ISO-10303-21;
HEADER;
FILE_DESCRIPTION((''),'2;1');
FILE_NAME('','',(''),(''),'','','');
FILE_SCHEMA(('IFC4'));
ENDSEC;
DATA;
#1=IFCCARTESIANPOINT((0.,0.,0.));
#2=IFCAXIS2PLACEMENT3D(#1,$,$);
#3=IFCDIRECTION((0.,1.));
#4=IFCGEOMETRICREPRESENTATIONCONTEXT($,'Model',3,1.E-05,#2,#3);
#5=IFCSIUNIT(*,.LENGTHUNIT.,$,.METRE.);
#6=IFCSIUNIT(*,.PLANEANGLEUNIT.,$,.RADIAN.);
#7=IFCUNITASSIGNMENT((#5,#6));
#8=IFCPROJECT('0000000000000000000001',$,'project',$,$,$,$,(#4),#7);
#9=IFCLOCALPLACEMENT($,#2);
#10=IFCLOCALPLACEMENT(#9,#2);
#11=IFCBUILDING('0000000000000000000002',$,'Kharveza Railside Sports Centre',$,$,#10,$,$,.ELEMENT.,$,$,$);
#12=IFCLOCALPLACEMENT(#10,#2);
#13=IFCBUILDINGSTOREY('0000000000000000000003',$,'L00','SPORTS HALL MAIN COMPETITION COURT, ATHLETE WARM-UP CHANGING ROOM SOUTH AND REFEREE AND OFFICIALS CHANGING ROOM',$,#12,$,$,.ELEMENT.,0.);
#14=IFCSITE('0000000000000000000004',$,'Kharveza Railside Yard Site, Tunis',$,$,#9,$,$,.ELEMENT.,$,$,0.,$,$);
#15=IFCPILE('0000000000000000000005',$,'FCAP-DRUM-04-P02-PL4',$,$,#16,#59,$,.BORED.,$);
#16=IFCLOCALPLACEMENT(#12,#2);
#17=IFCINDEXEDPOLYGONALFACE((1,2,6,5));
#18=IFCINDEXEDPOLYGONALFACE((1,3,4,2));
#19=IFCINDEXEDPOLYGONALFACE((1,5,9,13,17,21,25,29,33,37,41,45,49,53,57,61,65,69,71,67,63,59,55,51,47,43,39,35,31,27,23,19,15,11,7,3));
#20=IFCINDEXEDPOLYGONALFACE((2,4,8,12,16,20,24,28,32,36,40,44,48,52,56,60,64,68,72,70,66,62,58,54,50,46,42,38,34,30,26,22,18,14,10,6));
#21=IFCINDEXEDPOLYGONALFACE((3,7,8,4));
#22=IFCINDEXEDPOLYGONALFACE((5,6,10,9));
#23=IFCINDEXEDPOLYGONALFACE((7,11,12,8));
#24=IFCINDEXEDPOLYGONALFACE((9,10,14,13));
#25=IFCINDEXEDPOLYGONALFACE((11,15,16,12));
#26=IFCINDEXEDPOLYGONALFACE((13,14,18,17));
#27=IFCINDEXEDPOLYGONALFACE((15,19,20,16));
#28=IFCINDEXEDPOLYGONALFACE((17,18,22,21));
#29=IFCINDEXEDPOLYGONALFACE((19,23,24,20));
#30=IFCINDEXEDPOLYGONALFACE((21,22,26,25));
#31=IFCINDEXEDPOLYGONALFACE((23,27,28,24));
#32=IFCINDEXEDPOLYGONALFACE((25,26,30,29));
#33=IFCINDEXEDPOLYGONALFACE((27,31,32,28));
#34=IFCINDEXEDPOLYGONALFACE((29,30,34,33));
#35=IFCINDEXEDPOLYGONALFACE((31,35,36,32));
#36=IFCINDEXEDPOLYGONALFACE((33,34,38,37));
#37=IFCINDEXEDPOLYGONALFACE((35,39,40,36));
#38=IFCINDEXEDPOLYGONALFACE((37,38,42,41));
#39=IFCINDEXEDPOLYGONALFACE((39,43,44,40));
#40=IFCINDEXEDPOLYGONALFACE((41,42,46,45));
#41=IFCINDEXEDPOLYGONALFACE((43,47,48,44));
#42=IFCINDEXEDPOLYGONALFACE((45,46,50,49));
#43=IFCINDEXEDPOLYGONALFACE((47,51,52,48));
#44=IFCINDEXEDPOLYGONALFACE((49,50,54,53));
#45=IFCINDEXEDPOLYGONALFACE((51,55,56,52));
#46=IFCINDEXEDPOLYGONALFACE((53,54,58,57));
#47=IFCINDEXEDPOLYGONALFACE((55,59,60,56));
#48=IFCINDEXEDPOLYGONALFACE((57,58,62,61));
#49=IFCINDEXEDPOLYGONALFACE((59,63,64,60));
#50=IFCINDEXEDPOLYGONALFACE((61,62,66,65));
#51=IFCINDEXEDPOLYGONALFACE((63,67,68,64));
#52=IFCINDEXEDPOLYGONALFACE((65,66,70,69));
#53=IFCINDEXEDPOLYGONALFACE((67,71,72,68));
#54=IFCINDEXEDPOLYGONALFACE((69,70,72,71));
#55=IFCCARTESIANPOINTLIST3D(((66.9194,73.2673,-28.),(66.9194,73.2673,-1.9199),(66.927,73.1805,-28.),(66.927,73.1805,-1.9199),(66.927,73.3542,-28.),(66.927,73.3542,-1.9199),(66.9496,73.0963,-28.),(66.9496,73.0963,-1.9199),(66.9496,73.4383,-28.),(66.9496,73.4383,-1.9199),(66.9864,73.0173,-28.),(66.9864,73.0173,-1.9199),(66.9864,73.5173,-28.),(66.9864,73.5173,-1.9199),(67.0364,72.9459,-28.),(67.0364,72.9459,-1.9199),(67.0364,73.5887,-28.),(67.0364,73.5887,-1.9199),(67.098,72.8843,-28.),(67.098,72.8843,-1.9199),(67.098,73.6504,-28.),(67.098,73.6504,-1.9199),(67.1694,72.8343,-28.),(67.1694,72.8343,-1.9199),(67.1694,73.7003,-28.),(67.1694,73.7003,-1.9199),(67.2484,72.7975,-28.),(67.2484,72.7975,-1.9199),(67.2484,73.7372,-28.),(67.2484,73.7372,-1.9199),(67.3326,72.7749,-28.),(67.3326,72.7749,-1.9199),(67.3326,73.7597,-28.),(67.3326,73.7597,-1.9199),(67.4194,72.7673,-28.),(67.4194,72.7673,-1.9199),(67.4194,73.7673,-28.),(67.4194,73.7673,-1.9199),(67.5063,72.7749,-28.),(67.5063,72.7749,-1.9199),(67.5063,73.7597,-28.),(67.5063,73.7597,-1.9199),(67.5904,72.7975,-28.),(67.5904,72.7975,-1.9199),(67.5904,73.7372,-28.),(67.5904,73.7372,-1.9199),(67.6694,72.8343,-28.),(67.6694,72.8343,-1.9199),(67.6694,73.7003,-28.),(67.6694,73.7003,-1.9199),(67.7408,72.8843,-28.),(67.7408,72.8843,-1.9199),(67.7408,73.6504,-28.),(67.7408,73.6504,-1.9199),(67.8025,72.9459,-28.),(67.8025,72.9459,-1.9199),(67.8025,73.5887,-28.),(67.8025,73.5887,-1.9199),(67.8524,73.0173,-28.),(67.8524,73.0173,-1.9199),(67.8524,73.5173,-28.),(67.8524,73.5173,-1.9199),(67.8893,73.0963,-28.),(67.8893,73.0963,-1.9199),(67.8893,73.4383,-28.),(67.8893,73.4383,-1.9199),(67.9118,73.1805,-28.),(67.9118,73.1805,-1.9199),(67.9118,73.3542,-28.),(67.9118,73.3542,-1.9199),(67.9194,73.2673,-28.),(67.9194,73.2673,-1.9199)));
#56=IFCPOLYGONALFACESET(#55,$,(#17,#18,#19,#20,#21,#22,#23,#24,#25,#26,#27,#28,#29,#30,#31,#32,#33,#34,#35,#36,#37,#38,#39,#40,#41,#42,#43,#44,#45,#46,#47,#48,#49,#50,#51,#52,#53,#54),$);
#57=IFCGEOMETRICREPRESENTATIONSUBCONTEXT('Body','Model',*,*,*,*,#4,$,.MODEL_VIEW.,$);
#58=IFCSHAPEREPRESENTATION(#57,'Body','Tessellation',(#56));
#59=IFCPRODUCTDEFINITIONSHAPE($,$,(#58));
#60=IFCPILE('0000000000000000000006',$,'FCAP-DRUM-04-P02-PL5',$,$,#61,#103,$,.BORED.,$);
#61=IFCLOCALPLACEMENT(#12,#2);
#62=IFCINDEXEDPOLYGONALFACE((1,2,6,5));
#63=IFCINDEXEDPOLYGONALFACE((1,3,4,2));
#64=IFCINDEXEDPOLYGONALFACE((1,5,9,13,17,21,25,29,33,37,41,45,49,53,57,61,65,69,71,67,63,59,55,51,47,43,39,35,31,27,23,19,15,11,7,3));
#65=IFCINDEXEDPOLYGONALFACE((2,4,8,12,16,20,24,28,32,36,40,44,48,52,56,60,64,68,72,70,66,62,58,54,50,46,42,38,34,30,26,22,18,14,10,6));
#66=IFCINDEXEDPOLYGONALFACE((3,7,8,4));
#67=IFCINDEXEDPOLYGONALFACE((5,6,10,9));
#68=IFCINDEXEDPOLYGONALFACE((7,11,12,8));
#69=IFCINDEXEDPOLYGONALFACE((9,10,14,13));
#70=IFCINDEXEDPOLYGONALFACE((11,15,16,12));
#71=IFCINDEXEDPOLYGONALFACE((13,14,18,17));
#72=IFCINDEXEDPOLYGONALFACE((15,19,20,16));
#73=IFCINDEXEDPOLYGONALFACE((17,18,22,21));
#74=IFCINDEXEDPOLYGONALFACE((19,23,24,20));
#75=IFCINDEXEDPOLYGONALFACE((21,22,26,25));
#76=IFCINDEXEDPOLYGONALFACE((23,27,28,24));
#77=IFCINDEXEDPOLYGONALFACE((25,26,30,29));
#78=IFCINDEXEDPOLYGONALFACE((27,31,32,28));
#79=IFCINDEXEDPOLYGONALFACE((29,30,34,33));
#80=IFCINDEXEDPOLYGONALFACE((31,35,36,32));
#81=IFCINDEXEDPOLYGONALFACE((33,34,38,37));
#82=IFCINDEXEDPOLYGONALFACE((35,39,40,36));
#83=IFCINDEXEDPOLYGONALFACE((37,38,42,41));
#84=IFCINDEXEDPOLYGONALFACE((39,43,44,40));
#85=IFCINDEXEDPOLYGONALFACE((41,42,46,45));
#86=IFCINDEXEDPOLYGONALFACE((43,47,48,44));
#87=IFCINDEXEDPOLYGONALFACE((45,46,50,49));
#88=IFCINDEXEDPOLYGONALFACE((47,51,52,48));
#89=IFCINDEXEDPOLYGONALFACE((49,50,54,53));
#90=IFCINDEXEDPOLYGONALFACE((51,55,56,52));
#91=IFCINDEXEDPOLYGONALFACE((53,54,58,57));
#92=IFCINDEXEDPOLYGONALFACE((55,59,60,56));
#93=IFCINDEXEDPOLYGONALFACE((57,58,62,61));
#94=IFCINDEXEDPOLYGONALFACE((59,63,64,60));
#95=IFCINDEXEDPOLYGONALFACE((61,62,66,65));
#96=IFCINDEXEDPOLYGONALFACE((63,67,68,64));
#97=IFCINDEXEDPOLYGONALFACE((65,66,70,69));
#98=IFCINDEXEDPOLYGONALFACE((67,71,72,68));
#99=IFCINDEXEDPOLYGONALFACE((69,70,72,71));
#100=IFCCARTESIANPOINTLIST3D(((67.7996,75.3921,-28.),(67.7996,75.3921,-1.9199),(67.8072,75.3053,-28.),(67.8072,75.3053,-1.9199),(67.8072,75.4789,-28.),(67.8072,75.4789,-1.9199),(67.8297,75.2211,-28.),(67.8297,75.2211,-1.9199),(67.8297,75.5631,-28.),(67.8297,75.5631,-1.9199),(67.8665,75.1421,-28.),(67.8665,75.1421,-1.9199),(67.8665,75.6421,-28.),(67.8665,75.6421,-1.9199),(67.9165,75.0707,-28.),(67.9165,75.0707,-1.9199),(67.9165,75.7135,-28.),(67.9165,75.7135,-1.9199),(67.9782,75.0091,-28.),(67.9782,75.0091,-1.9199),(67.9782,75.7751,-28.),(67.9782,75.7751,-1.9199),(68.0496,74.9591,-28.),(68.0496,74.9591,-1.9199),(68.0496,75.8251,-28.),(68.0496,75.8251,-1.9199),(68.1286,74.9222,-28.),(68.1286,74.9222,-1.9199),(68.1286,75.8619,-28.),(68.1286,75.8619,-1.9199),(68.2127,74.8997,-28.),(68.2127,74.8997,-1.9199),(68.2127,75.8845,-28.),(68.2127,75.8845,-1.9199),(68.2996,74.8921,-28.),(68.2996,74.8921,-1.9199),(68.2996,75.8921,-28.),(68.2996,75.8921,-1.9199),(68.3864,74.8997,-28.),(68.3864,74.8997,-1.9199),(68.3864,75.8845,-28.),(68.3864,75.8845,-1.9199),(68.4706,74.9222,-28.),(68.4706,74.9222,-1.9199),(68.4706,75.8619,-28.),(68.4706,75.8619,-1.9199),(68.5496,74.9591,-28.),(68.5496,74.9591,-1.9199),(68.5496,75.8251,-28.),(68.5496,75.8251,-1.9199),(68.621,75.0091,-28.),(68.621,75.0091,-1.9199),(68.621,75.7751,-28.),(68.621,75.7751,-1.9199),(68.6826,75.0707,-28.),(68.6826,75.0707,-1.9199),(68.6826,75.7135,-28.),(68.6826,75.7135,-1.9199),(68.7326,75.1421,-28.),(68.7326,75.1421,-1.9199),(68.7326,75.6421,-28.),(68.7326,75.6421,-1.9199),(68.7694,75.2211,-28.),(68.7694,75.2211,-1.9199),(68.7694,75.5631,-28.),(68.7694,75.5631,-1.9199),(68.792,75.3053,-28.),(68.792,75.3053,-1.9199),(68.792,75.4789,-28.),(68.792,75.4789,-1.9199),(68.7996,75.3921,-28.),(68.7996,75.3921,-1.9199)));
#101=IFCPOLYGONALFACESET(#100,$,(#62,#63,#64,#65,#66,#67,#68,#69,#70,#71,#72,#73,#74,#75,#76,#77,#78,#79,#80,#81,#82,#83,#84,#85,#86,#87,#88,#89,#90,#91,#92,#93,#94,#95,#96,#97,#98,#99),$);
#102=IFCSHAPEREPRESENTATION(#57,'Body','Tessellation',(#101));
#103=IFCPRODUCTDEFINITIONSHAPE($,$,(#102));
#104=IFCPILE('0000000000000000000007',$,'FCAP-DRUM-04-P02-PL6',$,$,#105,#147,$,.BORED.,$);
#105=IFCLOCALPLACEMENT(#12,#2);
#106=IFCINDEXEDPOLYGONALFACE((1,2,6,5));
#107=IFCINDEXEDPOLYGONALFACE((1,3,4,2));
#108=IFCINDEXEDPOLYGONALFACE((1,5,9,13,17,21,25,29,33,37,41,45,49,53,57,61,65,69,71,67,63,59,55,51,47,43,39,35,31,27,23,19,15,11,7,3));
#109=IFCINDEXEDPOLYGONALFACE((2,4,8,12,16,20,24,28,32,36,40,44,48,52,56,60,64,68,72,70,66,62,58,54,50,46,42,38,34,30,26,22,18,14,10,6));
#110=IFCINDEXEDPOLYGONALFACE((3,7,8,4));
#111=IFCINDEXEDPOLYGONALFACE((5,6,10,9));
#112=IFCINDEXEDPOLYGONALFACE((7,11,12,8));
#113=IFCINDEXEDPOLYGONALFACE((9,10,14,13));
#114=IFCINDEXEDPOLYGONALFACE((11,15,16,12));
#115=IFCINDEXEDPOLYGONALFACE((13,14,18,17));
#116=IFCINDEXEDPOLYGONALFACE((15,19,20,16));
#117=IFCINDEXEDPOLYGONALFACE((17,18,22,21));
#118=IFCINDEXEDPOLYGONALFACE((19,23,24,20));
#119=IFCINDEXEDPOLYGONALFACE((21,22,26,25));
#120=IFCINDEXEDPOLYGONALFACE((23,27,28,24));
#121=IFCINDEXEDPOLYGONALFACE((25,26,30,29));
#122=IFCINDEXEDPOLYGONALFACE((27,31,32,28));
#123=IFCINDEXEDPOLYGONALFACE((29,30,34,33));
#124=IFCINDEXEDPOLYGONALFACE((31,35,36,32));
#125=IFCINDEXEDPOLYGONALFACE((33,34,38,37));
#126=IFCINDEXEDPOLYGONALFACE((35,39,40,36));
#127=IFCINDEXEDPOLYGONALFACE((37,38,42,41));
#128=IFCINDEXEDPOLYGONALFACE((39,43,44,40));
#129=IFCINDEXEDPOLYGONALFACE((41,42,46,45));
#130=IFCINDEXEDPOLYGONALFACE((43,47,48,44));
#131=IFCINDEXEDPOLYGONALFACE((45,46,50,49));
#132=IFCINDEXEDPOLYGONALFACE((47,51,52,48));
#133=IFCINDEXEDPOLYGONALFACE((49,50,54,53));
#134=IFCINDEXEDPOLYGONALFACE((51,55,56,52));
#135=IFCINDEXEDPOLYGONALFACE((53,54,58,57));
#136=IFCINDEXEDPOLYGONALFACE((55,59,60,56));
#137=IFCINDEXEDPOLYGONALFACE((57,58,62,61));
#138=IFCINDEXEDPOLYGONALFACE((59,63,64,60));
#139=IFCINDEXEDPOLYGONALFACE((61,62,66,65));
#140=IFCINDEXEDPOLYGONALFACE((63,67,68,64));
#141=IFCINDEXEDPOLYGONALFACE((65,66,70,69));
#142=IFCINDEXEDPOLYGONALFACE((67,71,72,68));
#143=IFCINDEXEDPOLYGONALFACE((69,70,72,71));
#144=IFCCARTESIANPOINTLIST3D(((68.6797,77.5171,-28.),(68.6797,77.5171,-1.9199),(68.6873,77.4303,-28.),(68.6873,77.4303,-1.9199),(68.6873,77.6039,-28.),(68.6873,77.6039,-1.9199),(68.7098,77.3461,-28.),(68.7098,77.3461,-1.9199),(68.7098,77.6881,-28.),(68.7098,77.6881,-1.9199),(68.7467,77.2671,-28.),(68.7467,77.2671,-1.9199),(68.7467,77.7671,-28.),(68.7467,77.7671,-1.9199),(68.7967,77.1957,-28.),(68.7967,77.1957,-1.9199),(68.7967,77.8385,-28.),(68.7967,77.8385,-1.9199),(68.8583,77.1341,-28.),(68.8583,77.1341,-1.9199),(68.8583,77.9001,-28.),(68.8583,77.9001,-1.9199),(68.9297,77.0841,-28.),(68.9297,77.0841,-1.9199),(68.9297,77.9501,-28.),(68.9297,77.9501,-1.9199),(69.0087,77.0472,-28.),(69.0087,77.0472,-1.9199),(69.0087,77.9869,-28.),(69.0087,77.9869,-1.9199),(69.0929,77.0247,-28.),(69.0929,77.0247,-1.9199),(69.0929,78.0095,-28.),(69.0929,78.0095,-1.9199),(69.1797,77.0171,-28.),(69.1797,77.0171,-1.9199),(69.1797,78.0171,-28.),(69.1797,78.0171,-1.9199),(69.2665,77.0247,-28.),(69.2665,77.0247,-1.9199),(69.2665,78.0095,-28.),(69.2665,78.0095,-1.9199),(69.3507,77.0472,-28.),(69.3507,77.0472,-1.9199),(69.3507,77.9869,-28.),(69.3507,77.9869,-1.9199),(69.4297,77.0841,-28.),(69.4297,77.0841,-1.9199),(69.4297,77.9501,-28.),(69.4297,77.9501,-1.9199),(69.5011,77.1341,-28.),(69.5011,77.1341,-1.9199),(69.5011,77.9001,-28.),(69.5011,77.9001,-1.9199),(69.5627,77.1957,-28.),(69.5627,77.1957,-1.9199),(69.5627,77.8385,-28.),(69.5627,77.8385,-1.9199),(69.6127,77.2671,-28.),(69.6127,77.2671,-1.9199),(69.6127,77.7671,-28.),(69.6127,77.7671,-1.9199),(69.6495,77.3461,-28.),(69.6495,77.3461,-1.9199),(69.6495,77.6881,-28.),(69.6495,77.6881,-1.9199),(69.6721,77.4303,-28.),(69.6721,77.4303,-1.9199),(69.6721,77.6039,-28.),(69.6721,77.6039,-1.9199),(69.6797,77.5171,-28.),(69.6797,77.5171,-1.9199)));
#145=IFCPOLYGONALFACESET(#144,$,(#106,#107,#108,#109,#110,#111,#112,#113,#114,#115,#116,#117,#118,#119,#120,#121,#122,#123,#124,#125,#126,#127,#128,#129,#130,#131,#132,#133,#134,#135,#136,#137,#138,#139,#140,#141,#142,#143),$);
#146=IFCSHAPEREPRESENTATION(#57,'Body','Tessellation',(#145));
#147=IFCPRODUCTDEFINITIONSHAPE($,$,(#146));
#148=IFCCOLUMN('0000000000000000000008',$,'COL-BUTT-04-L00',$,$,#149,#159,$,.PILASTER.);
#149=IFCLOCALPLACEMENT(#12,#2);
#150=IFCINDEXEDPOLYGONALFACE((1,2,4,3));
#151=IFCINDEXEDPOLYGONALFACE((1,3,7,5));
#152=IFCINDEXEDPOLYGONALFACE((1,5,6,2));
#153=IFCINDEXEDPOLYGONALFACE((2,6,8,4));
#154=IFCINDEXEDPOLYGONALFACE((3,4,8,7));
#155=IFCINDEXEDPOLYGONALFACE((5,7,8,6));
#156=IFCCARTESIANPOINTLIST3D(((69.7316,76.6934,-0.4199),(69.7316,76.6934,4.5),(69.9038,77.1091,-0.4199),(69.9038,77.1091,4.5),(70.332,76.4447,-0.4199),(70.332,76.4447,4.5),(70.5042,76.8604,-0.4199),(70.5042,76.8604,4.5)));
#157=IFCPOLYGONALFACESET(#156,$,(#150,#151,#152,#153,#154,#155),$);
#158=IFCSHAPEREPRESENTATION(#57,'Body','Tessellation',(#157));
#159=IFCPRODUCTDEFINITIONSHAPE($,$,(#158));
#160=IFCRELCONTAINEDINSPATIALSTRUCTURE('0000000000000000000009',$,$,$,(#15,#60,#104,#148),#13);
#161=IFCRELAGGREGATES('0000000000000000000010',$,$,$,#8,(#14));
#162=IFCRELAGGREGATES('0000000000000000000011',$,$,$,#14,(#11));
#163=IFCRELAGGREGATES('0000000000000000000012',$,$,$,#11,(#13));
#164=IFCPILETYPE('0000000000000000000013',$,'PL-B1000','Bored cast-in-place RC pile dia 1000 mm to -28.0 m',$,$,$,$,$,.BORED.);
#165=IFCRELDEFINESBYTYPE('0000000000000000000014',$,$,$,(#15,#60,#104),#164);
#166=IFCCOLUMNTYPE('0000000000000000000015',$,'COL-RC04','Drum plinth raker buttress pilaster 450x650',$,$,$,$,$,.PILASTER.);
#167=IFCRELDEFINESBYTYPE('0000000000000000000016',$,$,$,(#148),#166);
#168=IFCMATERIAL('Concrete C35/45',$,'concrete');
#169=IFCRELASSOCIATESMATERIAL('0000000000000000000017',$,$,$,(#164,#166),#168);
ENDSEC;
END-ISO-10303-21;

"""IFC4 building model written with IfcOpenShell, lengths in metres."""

from ifc_helpers import new_model, si_unit, direction, frame, origin, origin_2d, place, context, subcontext, project, spatial, rectangle, circle, extrude, material, material_profile, profile_set, type_object, element, save


model = new_model("IFC4")

# Units and contexts
model_context = context("Model", 3, precision=1e-05, world=origin(), true_north=direction((0.0, 1.0)))
body_context = subcontext(model_context, "Body", "Model", "MODEL_VIEW")
ifc_project = project(units=[si_unit("LENGTHUNIT", "METRE"), si_unit("PLANEANGLEUNIT", "RADIAN")], contexts=[model_context])

# Site, building, storey
site_placement = place(None, origin())
site = spatial("IfcSite", under=ifc_project, at=site_placement, Name="Kharveza Railside Yard Site, Tunis", CompositionType="ELEMENT", RefElevation=0.0)
building_placement = place(site_placement, origin())
building = spatial("IfcBuilding", under=site, at=building_placement, Name="Kharveza Railside Sports Centre", CompositionType="ELEMENT")
storey_placement = place(building_placement, origin())
storey = spatial("IfcBuildingStorey", under=building, at=storey_placement, Name="L00", Description="SPORTS HALL MAIN COMPETITION COURT, ATHLETE WARM-UP CHANGING ROOM SOUTH AND REFEREE AND OFFICIALS CHANGING ROOM", CompositionType="ELEMENT", Elevation=0.0)

# Shared definitions
ifc_material_1 = material(Name="Concrete C35/45", Category="concrete")

# Piles
ifc_material_profile_1 = material_profile(ifc_material_1, circle(Radius=0.5, at=origin_2d()), Name="PILE D1000")
ifc_profile_set_1 = profile_set([ifc_material_profile_1], Name="Concrete C35/45")
pile_type = type_object("IfcPileType", Name="PL-B1000", Description="Bored cast-in-place RC pile dia 1000 mm to -28.0 m", PredefinedType="BORED", material=ifc_profile_set_1)
for number, where, z_axis, x_axis, name in (
    (1, (67.4194, 73.2673, -1.9199), (0.0, 0.0, -1.0), (1.0, 0.0, 0.0), "FCAP-DRUM-04-P02-PL4"),
    (2, (68.2996, 75.3921, -1.9199), (0.0, 0.0, -1.0), (1.0, 0.0, 0.0), "FCAP-DRUM-04-P02-PL5"),
    (3, (69.1797, 77.5171, -1.9199), (0.0, 0.0, -1.0), (1.0, 0.0, 0.0), "FCAP-DRUM-04-P02-PL6"),
):
    element("IfcPile", number, at=place(storey_placement, frame(where, z_axis=z_axis, x_axis=x_axis)), inside=storey, type_object=pile_type, Name=name, PredefinedType="BORED", context=body_context, shape_type="SweptSolid", body=[
        extrude(circle(Radius=0.5, at=origin_2d()), origin(), (0.0, 0.0, 1.0), 26.0801),
    ])

# Column
ifc_material_profile_2 = material_profile(ifc_material_1, rectangle(XDim=0.45, YDim=0.6499, at=origin_2d()), Name="RC 450x650")
ifc_profile_set_2 = profile_set([ifc_material_profile_2], Name="Concrete C35/45")
column_type_1 = type_object("IfcColumnType", Name="COL-RC04", Description="Drum plinth raker buttress pilaster 450x650", PredefinedType="PILASTER", material=ifc_profile_set_2)
column_1_placement = place(storey_placement, frame((70.1179, 76.7769, -0.4199), z_axis=(0.0, 0.0, 1.0), x_axis=(0.382683, 0.92388, 0.0)))
element("IfcColumn", 4, at=column_1_placement, inside=storey, type_object=column_type_1, Name="COL-BUTT-04-L00", PredefinedType="PILASTER", context=body_context, shape_type="SweptSolid", body=[
    extrude(rectangle(XDim=0.45, YDim=0.6499, at=origin_2d()), origin(), (0.0, 0.0, 1.0), 4.9199),
])

save(model, "model.ifc")
